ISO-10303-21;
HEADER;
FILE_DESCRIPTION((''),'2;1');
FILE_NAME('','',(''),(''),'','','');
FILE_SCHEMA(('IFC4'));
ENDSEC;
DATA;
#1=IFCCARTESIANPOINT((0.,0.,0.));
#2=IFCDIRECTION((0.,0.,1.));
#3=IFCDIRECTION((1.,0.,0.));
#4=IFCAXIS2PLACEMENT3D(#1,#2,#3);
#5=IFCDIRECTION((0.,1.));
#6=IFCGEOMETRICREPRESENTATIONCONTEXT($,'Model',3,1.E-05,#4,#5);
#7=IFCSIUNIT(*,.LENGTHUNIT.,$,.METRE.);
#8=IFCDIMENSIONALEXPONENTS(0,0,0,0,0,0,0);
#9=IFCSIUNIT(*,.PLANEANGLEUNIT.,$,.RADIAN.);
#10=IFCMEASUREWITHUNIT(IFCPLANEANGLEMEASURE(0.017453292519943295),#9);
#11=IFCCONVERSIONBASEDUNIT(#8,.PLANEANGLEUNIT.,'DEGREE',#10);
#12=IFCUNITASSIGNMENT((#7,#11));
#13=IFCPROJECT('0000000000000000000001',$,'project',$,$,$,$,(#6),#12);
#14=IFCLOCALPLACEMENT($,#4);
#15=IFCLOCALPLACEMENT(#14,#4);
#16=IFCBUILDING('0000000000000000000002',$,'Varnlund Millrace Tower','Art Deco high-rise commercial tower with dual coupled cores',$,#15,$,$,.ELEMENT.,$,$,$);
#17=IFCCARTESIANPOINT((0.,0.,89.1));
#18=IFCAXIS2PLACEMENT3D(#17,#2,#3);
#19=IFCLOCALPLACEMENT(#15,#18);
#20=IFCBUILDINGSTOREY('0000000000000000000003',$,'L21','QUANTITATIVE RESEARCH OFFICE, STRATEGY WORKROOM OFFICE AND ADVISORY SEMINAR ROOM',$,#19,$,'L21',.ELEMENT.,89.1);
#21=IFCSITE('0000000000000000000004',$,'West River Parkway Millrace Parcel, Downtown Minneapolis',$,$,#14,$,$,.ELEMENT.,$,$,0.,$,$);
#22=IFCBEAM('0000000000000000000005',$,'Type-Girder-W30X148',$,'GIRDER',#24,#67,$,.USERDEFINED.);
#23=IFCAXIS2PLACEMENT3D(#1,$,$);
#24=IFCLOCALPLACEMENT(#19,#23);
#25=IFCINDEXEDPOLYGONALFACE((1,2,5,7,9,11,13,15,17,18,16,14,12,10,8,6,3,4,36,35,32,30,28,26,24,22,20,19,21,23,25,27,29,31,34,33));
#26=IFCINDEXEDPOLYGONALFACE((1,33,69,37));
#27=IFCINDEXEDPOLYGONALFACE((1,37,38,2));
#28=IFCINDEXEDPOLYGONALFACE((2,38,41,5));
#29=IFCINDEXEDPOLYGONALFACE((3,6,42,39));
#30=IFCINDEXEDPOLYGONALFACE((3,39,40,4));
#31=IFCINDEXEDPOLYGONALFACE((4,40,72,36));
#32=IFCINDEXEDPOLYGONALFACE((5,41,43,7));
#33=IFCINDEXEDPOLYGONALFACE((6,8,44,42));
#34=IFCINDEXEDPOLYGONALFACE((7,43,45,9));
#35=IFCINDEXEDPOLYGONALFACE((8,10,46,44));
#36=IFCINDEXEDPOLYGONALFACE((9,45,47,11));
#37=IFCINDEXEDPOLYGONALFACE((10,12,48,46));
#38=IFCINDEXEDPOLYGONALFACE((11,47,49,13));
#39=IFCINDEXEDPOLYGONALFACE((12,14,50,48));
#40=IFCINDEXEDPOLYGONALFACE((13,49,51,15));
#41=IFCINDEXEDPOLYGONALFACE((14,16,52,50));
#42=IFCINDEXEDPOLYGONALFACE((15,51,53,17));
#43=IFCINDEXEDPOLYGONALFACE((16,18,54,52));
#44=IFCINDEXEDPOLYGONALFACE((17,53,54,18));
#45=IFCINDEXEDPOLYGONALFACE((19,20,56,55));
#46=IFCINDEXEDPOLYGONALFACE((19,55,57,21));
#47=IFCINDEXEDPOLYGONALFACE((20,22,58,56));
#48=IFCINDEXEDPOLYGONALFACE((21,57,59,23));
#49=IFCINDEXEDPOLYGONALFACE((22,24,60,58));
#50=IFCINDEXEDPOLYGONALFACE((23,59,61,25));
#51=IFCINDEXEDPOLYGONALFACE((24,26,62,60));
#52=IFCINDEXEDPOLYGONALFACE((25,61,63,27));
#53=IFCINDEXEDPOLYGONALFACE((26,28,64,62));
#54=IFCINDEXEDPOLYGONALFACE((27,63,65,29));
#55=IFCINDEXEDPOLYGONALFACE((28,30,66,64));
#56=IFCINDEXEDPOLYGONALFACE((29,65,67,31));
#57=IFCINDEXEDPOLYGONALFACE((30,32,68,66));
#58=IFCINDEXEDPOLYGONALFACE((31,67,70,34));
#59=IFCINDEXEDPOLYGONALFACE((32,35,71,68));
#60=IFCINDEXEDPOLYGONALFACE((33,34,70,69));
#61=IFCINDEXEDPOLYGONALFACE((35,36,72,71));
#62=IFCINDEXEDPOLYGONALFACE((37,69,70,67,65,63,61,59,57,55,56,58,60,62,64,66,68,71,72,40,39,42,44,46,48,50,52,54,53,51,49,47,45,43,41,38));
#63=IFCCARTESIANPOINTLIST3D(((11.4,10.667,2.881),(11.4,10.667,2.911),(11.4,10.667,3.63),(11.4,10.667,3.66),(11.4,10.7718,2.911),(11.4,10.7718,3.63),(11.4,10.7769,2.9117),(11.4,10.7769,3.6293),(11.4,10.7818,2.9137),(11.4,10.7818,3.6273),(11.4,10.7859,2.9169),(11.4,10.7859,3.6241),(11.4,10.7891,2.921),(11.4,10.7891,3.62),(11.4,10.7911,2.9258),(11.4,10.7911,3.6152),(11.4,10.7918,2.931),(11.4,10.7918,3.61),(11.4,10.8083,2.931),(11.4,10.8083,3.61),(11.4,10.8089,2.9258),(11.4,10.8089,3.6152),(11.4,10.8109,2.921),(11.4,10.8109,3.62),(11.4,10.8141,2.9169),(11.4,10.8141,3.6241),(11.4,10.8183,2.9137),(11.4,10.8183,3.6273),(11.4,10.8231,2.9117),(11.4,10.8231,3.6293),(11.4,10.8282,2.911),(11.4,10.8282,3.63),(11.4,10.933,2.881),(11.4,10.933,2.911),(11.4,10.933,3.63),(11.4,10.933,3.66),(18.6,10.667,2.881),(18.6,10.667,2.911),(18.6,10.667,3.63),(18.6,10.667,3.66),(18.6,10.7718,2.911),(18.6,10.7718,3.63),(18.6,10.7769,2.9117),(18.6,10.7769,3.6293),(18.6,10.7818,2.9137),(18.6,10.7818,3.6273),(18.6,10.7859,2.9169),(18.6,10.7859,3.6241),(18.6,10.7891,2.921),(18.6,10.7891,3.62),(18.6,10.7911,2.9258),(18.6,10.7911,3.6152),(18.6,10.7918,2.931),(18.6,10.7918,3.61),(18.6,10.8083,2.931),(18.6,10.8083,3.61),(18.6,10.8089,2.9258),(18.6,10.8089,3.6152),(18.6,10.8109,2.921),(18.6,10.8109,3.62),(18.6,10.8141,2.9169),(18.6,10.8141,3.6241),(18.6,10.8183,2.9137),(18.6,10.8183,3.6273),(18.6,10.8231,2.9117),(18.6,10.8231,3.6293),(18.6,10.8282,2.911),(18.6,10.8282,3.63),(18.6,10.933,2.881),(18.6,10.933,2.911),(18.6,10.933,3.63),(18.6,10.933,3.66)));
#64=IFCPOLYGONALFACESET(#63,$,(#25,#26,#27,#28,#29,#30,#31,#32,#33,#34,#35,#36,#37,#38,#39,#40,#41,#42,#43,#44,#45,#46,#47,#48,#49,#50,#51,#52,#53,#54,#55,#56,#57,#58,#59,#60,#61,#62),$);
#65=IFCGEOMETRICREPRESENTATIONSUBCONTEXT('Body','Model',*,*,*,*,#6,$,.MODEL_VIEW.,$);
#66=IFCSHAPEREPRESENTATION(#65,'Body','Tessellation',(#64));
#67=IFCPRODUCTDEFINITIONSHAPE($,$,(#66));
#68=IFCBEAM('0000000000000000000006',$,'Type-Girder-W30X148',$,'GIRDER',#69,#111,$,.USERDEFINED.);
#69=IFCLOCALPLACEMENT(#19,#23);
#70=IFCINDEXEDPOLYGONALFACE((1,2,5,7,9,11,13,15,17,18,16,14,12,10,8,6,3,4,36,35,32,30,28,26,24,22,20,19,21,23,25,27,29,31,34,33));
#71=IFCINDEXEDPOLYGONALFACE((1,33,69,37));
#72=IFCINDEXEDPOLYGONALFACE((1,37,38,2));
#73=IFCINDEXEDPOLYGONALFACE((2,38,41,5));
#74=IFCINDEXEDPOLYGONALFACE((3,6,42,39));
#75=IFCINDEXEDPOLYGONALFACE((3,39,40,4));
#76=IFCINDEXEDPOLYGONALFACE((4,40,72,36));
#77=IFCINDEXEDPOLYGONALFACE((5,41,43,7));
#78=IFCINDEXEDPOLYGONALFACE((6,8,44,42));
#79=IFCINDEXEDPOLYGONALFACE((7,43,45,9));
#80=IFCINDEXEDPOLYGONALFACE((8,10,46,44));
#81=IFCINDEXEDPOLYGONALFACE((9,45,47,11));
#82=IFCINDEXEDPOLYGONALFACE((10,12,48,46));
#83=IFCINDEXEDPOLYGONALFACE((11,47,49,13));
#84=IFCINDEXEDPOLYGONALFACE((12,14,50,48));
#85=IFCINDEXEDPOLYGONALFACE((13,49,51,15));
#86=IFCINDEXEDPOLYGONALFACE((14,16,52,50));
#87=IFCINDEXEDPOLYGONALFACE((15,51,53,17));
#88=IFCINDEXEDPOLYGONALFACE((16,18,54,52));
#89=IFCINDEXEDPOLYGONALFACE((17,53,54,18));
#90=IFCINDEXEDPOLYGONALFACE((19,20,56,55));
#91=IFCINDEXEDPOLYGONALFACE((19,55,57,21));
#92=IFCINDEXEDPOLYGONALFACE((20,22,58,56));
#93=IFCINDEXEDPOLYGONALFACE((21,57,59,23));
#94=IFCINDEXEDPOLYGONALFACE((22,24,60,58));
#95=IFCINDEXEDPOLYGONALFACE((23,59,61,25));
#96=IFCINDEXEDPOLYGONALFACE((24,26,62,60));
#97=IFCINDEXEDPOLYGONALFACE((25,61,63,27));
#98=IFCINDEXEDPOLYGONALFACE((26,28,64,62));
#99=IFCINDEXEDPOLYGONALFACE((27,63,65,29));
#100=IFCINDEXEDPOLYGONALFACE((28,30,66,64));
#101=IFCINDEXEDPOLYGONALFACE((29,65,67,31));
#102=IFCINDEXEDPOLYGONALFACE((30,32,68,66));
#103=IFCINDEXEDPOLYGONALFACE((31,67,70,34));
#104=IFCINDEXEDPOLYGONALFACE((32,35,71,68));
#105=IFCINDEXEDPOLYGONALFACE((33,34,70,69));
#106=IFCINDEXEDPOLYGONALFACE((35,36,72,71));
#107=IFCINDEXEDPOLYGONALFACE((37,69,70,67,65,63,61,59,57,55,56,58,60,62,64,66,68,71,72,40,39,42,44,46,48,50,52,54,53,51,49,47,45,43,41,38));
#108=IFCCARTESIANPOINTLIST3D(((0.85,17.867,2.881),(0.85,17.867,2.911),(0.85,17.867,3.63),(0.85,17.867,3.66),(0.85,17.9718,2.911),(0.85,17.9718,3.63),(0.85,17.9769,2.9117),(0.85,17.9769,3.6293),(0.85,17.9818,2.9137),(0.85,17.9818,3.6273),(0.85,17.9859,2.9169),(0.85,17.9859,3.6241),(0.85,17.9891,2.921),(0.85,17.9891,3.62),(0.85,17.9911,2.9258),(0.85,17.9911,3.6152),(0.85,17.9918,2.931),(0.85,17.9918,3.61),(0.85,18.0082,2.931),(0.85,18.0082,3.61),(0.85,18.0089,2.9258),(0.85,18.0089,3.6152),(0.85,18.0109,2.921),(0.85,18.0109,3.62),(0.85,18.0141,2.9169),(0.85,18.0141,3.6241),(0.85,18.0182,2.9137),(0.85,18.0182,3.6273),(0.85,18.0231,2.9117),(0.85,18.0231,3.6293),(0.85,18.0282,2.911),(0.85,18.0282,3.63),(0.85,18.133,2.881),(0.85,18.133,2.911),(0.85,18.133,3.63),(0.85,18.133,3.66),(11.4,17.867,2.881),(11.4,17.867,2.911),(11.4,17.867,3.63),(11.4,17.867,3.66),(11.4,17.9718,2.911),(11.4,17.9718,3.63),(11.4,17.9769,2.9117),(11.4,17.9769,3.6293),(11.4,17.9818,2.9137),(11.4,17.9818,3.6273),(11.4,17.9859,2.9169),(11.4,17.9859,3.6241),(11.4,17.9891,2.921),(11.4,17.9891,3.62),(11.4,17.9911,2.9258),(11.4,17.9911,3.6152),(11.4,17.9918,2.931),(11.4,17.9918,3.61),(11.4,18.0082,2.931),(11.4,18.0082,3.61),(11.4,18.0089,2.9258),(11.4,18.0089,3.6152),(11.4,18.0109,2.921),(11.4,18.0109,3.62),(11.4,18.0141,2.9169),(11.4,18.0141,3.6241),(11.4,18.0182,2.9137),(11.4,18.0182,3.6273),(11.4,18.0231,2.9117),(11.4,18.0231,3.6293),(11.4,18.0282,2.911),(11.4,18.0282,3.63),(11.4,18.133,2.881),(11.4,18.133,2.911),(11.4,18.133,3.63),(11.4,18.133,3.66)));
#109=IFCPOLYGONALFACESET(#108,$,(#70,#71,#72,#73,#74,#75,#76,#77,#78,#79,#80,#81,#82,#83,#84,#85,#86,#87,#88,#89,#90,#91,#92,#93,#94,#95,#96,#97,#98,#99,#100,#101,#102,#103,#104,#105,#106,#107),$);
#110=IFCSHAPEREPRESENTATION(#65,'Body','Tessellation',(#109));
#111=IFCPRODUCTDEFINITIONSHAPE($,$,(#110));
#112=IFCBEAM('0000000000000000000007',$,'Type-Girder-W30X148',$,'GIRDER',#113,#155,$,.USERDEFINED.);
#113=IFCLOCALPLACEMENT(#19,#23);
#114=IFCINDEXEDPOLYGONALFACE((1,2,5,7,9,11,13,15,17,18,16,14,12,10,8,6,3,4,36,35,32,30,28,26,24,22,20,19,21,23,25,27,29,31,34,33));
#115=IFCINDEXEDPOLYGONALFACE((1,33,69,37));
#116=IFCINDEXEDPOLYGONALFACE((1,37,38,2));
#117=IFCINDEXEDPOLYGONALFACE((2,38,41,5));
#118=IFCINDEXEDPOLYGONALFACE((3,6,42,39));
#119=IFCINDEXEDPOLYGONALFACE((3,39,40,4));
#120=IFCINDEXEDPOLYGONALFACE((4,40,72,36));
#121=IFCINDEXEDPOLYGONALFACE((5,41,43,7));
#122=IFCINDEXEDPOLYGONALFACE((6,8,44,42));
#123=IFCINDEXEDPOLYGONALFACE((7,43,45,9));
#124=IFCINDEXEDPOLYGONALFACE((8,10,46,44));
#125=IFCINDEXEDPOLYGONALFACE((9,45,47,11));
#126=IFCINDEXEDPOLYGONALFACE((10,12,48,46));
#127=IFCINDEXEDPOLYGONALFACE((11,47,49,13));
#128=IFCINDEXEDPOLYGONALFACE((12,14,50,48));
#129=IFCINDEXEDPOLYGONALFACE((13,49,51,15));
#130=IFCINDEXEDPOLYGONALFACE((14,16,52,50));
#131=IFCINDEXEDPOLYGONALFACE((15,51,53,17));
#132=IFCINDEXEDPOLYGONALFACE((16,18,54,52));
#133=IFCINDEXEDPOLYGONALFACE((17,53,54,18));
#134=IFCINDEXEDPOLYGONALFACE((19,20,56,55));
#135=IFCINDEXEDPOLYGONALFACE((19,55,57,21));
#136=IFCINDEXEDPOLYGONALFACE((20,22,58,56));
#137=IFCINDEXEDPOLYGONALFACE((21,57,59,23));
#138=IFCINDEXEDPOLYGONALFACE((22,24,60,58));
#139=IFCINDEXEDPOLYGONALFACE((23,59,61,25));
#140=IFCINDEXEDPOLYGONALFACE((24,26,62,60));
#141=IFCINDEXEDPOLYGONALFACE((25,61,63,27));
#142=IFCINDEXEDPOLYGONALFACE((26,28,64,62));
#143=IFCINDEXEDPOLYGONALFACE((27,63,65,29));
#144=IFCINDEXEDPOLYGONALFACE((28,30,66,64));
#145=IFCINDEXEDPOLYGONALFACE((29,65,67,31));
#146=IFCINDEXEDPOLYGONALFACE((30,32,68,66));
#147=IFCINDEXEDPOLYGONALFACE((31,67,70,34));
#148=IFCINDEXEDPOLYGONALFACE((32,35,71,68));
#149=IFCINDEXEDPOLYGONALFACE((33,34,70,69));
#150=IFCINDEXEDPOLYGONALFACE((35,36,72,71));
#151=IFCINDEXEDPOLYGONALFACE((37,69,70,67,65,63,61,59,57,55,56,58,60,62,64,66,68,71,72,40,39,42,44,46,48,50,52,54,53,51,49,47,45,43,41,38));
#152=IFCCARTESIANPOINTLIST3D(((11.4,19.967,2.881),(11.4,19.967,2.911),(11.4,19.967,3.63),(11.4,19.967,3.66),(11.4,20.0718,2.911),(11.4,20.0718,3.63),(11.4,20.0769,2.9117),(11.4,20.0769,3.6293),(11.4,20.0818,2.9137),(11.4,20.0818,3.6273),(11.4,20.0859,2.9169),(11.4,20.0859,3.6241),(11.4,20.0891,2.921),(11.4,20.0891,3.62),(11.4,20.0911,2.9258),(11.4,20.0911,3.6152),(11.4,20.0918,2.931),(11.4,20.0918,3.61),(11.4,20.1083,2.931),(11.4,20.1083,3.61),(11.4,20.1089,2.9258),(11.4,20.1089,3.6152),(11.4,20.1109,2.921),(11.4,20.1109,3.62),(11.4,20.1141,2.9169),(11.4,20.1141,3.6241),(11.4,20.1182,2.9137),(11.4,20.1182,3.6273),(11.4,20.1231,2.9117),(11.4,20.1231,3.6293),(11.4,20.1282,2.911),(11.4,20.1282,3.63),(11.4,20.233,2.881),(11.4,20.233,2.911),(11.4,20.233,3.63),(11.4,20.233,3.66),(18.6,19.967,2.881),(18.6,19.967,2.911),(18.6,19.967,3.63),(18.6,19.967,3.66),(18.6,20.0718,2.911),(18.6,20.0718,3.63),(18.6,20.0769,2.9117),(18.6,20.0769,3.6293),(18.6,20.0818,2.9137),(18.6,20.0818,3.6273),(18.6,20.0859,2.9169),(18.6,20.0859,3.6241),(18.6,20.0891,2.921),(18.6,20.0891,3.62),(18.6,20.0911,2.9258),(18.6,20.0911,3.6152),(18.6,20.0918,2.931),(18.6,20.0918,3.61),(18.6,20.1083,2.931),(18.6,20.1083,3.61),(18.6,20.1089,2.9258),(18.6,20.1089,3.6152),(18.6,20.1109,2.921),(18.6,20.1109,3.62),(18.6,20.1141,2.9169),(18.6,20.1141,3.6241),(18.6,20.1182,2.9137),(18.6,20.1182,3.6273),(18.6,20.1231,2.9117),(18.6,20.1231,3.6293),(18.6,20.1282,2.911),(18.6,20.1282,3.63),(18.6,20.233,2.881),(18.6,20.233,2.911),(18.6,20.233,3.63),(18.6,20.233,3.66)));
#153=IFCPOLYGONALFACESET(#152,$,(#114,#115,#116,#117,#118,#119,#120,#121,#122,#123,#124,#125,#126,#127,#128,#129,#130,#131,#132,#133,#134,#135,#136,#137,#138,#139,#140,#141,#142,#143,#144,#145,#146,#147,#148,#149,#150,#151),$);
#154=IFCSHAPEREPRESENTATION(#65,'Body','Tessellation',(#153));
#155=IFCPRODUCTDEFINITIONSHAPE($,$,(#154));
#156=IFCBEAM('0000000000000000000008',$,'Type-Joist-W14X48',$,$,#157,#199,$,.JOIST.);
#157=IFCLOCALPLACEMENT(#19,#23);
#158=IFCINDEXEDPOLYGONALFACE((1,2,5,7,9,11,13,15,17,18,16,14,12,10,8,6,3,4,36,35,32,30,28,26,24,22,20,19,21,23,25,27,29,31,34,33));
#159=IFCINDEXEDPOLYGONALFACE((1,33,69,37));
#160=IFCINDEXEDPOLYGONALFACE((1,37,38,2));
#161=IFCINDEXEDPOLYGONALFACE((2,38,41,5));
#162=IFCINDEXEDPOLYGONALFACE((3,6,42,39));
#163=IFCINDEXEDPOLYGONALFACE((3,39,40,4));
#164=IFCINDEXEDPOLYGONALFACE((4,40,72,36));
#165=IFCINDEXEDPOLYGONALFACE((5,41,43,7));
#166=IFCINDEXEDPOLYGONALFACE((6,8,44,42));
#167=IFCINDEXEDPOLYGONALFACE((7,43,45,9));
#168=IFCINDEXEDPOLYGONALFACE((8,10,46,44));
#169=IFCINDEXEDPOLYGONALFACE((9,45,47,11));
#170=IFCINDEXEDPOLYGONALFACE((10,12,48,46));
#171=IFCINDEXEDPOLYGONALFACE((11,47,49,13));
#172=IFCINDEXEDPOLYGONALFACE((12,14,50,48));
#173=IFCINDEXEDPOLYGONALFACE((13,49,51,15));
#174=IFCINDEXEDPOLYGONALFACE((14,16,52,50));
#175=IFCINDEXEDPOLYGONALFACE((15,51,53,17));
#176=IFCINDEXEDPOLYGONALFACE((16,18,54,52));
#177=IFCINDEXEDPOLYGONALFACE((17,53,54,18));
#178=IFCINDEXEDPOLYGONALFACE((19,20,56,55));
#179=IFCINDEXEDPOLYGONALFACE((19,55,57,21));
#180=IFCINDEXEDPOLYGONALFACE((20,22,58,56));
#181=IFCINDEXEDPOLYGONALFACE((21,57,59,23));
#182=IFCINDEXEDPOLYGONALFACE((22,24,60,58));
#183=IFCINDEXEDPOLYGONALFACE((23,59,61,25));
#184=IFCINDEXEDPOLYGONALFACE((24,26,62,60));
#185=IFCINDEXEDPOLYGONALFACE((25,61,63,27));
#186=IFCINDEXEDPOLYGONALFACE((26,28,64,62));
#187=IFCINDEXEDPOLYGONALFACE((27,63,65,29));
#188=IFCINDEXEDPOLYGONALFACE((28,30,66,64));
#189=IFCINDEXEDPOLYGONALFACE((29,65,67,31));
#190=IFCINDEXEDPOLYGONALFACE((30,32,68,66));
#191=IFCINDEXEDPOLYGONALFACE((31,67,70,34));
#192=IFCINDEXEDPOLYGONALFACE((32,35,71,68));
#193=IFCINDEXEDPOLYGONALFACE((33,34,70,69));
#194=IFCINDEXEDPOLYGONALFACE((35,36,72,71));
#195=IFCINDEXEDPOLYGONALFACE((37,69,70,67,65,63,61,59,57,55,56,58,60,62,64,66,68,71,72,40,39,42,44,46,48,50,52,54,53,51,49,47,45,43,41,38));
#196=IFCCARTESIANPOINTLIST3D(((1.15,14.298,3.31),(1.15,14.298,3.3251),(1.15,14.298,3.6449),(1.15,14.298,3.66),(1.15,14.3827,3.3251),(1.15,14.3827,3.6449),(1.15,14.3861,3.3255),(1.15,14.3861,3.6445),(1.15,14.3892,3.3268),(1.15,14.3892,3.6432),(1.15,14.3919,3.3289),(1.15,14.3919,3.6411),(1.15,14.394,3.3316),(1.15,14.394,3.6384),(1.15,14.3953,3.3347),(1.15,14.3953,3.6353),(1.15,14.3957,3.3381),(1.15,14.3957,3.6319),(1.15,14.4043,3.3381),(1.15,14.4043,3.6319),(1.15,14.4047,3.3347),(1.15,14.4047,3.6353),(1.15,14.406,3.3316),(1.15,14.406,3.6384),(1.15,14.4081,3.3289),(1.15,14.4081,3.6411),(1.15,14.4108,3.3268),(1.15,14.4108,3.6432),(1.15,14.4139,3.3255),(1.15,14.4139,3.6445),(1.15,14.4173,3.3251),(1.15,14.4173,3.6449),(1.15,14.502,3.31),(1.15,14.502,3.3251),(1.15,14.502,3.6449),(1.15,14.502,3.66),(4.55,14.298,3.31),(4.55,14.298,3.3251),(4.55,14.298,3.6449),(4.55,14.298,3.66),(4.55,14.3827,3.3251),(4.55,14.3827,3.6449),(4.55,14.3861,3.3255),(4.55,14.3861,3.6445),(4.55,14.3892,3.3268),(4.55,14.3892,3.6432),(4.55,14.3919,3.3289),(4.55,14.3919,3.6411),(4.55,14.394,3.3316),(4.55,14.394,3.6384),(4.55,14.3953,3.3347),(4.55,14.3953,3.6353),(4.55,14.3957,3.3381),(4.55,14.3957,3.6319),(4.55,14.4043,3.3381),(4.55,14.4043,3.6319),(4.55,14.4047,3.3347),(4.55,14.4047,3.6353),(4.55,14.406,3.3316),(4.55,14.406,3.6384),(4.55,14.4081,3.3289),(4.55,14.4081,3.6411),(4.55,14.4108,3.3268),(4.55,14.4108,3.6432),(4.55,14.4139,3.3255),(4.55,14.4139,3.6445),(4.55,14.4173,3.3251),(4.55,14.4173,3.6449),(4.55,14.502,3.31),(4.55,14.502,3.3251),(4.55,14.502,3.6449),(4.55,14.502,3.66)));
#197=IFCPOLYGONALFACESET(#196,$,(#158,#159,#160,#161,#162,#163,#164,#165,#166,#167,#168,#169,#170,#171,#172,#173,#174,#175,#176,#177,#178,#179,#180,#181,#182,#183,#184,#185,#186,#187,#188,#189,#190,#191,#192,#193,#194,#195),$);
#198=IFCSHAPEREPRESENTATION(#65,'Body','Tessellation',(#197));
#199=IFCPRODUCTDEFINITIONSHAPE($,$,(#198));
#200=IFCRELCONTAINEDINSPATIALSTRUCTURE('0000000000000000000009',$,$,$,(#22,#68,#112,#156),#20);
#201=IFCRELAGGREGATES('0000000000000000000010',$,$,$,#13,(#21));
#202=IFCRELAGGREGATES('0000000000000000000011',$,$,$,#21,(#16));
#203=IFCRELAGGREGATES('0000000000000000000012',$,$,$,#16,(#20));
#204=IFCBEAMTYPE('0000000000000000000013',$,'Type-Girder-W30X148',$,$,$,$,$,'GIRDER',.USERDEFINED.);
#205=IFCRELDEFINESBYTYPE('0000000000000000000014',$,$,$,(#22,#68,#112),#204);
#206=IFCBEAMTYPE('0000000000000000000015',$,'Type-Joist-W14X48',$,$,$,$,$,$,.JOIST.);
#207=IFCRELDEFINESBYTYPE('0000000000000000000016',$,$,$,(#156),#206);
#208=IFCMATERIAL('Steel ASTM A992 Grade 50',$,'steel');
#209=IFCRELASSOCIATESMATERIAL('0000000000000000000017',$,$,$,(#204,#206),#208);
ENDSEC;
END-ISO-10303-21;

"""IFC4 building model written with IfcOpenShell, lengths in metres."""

from ifc_helpers import new_model, entity, si_unit, converted_unit, direction, frame, origin_with_axes, origin_2d_with_axis, place, context, subcontext, project, spatial, i_section, extrude, material, material_profile, profile_set, type_object, element, save


model = new_model("IFC4")

# Units and contexts
model_context = context("Model", 3, precision=1e-05, world=origin_with_axes(), true_north=direction((0.0, 1.0)))
body_context = subcontext(model_context, "Body", "Model", "MODEL_VIEW")
ifc_project = project(units=[si_unit("LENGTHUNIT", "METRE"), converted_unit("PLANEANGLEUNIT", "DEGREE", entity("IfcPlaneAngleMeasure", 0.017453292519943295), si_unit("PLANEANGLEUNIT", "RADIAN"), dimensions=[0, 0, 0, 0, 0, 0, 0])], contexts=[model_context])

# Site, building, storey
site_placement = place(None, origin_with_axes())
site = spatial("IfcSite", under=ifc_project, at=site_placement, Name="West River Parkway Millrace Parcel, Downtown Minneapolis", CompositionType="ELEMENT", RefElevation=0.0)
building_placement = place(site_placement, origin_with_axes())
building = spatial("IfcBuilding", under=site, at=building_placement, Name="Varnlund Millrace Tower", Description="Art Deco high-rise commercial tower with dual coupled cores", CompositionType="ELEMENT")
storey_placement = place(building_placement, frame((0.0, 0.0, 89.1), z_axis=(0.0, 0.0, 1.0), x_axis=(1.0, 0.0, 0.0)))
storey = spatial("IfcBuildingStorey", under=building, at=storey_placement, Name="L21", Description="QUANTITATIVE RESEARCH OFFICE, STRATEGY WORKROOM OFFICE AND ADVISORY SEMINAR ROOM", LongName="L21", CompositionType="ELEMENT", Elevation=89.1)

# Beams
ifc_material_1 = material(Name="Steel ASTM A992 Grade 50", Category="steel")
ifc_material_profile_1 = material_profile(ifc_material_1, i_section(OverallWidth=0.266, OverallDepth=0.779, WebThickness=0.0165, FlangeThickness=0.03, FilletRadius=0.02, at=origin_2d_with_axis()), Name="Steel ASTM A992 Grade 50")
ifc_profile_set_1 = profile_set([ifc_material_profile_1], Name="Steel ASTM A992 Grade 50")
beam_type_1 = type_object("IfcBeamType", Name="Type-Girder-W30X148", ElementType="GIRDER", PredefinedType="USERDEFINED", material=ifc_profile_set_1)
beam_1_placement = place(storey_placement, frame((11.4, 10.8, 3.2705), z_axis=(1.0, 0.0, 0.0), x_axis=(0.0, 1.0, 0.0)))
element("IfcBeam", 1, at=beam_1_placement, inside=storey, type_object=beam_type_1, Name="Type-Girder-W30X148", ObjectType="GIRDER", PredefinedType="USERDEFINED", context=body_context, shape_type="SweptSolid", body=[
    extrude(i_section(OverallWidth=0.266, OverallDepth=0.779, WebThickness=0.0165, FlangeThickness=0.03, FilletRadius=0.02, at=origin_2d_with_axis()), origin_with_axes(), (0.0, 0.0, 1.0), 7.2),
])
beam_2_placement = place(storey_placement, frame((0.85, 18.0, 3.2705), z_axis=(1.0, 0.0, 0.0), x_axis=(0.0, 1.0, 0.0)))
element("IfcBeam", 2, at=beam_2_placement, inside=storey, type_object=beam_type_1, Name="Type-Girder-W30X148", ObjectType="GIRDER", PredefinedType="USERDEFINED", context=body_context, shape_type="SweptSolid", body=[
    extrude(i_section(OverallWidth=0.266, OverallDepth=0.779, WebThickness=0.0165, FlangeThickness=0.03, FilletRadius=0.02, at=origin_2d_with_axis()), origin_with_axes(), (0.0, 0.0, 1.0), 10.55),
])
beam_3_placement = place(storey_placement, frame((11.4, 20.1, 3.2705), z_axis=(1.0, 0.0, 0.0), x_axis=(0.0, 1.0, 0.0)))
element("IfcBeam", 3, at=beam_3_placement, inside=storey, type_object=beam_type_1, Name="Type-Girder-W30X148", ObjectType="GIRDER", PredefinedType="USERDEFINED", context=body_context, shape_type="SweptSolid", body=[
    extrude(i_section(OverallWidth=0.266, OverallDepth=0.779, WebThickness=0.0165, FlangeThickness=0.03, FilletRadius=0.02, at=origin_2d_with_axis()), origin_with_axes(), (0.0, 0.0, 1.0), 7.2),
])
ifc_material_profile_2 = material_profile(ifc_material_1, i_section(OverallWidth=0.204, OverallDepth=0.35, WebThickness=0.0086, FlangeThickness=0.0151, FilletRadius=0.013, at=origin_2d_with_axis()), Name="Steel ASTM A992 Grade 50")
ifc_profile_set_2 = profile_set([ifc_material_profile_2], Name="Steel ASTM A992 Grade 50")
beam_type_2 = type_object("IfcBeamType", Name="Type-Joist-W14X48", PredefinedType="JOIST", material=ifc_profile_set_2)
beam_4_placement = place(storey_placement, frame((1.15, 14.4, 3.485), z_axis=(1.0, 0.0, 0.0), x_axis=(0.0, 1.0, 0.0)))
element("IfcBeam", 4, at=beam_4_placement, inside=storey, type_object=beam_type_2, Name="Type-Joist-W14X48", PredefinedType="JOIST", context=body_context, shape_type="SweptSolid", body=[
    extrude(i_section(OverallWidth=0.204, OverallDepth=0.35, WebThickness=0.0086, FlangeThickness=0.0151, FilletRadius=0.013, at=origin_2d_with_axis()), origin_with_axes(), (0.0, 0.0, 1.0), 3.4),
])

save(model, "model.ifc")
